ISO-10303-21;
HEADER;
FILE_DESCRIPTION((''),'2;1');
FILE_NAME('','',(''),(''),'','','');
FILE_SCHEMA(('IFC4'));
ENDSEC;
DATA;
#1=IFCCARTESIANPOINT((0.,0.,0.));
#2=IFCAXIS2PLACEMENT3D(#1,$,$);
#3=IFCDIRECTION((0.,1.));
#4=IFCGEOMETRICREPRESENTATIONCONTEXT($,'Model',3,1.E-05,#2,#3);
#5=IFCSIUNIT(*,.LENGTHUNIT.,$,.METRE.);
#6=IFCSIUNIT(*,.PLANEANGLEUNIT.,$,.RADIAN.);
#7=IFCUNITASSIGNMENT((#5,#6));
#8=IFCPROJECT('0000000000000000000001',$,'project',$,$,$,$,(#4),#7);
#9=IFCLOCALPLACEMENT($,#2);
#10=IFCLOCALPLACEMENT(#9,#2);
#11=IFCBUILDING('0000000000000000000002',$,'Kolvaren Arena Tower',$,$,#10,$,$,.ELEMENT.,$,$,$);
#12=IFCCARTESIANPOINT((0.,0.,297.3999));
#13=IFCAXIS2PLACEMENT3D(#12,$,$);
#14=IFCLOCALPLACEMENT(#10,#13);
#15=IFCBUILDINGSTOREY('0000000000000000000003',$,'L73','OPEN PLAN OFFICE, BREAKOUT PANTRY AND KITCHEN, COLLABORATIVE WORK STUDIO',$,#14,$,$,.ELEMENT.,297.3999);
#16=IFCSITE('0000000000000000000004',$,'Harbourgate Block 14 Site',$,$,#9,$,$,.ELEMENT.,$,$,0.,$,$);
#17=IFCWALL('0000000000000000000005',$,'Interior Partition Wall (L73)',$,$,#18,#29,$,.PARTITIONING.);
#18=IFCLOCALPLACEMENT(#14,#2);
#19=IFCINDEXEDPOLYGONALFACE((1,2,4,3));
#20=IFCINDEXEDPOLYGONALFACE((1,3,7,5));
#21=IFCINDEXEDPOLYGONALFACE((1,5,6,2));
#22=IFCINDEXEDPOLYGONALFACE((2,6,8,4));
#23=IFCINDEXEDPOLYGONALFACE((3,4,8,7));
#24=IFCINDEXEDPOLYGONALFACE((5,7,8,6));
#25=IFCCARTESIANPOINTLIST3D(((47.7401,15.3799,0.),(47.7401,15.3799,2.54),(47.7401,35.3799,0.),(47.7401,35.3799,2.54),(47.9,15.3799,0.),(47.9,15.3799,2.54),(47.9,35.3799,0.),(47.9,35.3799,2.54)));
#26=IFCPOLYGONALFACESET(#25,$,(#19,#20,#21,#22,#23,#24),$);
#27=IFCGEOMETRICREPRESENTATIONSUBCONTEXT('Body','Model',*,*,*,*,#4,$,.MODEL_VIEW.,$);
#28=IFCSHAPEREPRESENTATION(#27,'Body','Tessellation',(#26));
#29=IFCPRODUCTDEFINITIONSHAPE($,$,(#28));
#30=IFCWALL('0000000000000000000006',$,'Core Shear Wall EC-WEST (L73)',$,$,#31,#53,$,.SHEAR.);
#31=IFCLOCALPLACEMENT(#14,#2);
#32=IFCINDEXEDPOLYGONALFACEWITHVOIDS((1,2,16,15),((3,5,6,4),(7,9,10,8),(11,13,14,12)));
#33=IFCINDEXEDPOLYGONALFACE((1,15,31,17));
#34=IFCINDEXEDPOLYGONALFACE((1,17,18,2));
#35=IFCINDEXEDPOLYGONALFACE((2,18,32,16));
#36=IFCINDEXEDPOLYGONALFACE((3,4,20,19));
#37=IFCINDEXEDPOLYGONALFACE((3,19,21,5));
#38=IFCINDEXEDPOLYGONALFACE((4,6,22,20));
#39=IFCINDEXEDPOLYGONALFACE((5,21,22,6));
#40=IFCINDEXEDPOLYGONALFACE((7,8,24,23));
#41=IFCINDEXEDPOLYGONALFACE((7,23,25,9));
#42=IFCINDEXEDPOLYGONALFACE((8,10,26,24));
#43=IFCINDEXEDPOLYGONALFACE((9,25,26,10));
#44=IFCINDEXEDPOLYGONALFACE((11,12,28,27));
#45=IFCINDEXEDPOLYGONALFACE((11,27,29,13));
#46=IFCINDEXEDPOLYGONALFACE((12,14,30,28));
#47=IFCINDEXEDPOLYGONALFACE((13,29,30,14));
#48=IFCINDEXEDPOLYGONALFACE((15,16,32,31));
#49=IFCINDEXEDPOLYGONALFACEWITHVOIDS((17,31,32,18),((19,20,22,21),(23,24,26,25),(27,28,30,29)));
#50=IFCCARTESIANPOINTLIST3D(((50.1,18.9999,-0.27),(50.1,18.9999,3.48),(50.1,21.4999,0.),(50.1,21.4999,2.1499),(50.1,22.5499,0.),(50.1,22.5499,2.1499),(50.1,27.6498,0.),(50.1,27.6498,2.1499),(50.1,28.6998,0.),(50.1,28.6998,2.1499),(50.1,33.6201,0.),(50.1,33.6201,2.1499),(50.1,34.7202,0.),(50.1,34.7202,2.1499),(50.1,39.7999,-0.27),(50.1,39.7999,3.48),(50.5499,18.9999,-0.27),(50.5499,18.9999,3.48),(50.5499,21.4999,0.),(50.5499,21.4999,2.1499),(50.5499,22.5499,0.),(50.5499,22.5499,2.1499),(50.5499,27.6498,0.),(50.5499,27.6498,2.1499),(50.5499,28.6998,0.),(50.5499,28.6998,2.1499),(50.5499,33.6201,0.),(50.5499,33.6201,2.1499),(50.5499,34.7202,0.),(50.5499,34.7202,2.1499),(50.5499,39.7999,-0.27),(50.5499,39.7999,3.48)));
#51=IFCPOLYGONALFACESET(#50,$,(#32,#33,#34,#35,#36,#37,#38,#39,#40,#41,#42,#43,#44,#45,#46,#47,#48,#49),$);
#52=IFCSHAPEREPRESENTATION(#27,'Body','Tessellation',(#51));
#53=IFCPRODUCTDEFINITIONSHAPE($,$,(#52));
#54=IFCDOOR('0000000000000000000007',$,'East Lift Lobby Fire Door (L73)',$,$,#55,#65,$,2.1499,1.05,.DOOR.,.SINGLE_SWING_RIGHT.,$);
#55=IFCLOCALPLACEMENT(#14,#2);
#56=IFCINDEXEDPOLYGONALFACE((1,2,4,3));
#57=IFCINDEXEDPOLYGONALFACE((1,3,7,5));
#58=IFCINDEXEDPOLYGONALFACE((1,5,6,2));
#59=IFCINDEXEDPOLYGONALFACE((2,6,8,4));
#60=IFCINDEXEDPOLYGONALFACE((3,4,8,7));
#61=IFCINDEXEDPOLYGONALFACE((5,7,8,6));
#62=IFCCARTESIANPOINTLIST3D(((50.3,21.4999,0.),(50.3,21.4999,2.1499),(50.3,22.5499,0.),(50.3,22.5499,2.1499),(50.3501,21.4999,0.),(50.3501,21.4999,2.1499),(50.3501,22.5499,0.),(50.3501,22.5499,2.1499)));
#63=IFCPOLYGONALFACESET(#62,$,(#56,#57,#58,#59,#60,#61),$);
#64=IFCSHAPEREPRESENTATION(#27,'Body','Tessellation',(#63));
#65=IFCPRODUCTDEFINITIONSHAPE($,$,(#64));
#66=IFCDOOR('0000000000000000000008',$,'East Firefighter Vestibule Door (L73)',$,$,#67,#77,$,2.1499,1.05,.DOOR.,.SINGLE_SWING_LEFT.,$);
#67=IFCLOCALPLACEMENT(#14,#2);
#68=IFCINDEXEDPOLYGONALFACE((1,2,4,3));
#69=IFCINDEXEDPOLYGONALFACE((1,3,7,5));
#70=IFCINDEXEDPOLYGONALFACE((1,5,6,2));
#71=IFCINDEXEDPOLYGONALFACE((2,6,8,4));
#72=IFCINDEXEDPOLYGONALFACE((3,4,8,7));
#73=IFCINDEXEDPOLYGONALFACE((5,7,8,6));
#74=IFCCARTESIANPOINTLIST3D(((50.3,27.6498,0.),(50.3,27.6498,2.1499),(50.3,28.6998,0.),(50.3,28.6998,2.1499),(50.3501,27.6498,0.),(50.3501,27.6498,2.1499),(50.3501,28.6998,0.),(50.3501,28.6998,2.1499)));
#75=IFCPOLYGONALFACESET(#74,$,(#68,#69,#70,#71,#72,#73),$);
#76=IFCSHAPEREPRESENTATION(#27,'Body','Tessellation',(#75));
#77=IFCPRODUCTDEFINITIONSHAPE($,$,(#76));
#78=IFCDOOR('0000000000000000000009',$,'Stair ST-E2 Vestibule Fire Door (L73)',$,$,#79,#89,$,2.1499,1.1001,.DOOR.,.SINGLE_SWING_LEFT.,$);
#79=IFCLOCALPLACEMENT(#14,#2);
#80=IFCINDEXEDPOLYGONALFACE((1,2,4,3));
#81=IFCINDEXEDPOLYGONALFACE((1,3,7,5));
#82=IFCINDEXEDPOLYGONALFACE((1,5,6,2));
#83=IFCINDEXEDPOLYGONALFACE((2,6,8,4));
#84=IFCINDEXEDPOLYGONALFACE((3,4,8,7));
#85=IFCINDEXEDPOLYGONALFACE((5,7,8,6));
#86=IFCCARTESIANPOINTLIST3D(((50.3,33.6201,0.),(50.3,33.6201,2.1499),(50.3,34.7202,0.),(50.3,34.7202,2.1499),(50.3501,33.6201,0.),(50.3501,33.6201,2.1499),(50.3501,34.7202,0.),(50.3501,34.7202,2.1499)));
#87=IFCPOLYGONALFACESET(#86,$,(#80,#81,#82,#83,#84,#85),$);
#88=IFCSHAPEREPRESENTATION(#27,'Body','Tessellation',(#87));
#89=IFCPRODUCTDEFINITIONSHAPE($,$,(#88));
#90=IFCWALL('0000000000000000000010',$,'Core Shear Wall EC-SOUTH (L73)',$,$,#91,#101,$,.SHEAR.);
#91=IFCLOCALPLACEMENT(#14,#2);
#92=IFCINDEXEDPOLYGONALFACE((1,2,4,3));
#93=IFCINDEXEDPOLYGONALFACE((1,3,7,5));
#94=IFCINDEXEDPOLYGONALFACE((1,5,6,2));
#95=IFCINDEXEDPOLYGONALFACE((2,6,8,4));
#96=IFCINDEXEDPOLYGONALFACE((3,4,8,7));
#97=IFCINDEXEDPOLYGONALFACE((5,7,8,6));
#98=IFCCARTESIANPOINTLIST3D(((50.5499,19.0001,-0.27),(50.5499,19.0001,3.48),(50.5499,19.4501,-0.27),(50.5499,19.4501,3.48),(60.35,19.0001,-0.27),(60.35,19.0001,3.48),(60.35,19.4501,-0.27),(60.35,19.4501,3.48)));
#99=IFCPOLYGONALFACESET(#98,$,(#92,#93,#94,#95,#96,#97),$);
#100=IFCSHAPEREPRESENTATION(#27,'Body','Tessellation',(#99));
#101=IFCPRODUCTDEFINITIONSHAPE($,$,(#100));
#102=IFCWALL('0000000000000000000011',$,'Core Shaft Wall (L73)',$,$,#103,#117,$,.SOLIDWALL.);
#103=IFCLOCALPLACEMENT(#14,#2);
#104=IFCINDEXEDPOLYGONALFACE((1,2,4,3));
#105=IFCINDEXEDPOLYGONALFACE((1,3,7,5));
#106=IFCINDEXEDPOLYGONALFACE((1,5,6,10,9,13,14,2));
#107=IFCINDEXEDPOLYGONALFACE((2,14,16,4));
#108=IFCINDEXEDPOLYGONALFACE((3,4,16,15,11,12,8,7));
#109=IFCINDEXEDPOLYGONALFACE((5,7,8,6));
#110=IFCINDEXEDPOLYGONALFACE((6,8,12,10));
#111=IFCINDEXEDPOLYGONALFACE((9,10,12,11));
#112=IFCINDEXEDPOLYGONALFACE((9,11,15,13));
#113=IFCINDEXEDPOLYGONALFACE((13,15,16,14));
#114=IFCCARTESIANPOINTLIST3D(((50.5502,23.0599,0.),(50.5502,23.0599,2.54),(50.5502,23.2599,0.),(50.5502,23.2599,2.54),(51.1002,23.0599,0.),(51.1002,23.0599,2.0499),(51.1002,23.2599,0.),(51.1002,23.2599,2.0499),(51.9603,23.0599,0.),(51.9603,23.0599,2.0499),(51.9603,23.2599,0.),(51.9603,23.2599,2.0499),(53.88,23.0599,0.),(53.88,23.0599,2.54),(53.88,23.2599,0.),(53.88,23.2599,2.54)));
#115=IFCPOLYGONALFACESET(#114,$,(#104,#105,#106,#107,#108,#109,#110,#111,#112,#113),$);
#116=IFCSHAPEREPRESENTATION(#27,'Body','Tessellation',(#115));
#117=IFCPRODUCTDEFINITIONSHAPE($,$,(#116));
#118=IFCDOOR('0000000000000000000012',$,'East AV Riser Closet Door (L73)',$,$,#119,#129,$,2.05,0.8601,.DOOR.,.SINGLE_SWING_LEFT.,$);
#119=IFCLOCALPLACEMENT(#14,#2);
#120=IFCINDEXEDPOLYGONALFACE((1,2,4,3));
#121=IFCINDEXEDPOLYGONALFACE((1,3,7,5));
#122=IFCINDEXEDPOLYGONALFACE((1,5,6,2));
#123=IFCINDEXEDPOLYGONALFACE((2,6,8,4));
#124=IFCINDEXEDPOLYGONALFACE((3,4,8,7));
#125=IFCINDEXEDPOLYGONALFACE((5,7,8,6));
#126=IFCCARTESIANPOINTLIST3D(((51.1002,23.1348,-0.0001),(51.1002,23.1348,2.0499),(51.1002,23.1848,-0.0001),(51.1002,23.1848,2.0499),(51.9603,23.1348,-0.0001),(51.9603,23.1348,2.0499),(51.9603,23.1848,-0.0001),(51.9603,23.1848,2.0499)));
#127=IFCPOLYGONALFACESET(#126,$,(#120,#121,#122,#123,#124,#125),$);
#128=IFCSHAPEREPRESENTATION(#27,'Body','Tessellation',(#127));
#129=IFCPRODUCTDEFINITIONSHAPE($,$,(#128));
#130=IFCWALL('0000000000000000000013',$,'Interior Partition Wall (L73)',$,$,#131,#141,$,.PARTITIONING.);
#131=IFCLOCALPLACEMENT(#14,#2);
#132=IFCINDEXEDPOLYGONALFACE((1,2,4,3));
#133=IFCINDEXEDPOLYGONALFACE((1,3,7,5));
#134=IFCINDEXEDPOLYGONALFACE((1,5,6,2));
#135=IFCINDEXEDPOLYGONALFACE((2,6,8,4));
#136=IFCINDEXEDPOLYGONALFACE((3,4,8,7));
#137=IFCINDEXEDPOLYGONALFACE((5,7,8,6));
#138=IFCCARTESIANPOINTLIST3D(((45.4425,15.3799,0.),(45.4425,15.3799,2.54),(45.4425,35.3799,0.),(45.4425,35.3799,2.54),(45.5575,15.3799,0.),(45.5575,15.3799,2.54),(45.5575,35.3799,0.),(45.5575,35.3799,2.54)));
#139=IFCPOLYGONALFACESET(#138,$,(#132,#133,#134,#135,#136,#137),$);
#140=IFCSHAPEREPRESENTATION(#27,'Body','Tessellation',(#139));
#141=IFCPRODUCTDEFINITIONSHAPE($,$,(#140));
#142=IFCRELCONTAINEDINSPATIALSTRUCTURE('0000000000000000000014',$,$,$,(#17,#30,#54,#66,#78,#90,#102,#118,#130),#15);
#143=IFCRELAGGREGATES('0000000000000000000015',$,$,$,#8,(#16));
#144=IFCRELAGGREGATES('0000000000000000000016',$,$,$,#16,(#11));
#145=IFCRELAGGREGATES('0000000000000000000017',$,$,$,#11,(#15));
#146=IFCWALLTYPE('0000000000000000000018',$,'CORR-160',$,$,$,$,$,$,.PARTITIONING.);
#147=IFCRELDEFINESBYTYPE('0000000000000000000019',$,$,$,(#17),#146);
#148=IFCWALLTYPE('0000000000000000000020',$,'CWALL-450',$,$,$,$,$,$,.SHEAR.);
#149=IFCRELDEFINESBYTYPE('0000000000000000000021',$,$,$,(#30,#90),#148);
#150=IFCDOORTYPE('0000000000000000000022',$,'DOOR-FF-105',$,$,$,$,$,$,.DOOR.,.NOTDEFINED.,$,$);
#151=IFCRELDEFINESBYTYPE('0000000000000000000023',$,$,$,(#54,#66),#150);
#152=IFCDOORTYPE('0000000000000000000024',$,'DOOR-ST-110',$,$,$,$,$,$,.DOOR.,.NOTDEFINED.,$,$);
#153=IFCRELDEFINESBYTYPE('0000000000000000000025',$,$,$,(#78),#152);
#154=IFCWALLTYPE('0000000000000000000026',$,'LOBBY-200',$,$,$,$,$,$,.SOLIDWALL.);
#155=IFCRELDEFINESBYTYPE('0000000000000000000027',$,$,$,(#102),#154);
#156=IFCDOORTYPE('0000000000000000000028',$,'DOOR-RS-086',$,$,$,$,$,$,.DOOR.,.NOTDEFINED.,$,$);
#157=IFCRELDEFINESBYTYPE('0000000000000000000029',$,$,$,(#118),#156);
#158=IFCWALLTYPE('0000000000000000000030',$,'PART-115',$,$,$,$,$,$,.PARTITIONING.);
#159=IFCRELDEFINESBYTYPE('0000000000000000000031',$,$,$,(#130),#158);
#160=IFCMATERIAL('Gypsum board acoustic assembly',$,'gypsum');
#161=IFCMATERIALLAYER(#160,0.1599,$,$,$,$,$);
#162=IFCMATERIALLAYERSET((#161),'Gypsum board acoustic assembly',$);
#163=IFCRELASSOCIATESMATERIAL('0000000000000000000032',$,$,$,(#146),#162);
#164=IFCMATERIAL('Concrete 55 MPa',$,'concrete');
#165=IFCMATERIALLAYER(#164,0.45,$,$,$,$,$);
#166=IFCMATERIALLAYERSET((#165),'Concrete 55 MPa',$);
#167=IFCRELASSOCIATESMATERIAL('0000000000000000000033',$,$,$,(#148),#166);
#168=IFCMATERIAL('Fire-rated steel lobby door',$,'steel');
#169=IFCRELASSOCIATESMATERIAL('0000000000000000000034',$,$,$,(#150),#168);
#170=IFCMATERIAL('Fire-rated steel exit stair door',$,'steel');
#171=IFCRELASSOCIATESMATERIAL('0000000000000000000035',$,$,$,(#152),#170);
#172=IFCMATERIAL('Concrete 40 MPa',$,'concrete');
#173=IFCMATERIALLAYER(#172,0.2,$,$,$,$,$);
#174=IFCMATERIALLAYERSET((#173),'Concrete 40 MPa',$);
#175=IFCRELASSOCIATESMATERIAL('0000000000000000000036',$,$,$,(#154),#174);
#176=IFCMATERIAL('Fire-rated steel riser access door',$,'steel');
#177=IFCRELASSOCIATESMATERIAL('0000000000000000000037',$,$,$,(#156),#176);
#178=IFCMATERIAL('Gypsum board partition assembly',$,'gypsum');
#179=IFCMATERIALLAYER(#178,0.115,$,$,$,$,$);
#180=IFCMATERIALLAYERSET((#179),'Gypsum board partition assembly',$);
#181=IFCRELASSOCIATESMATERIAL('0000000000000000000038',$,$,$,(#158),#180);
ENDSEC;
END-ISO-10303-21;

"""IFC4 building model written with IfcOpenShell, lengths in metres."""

from ifc_helpers import new_model, si_unit, direction, frame, frame_2d, origin, place, context, subcontext, project, spatial, rectangle, extrude, material, layer, layer_set, type_object, element, fill, save


model = new_model("IFC4")

# Units and contexts
model_context = context("Model", 3, precision=1e-05, world=origin(), true_north=direction((0.0, 1.0)))
body_context = subcontext(model_context, "Body", "Model", "MODEL_VIEW")
ifc_project = project(units=[si_unit("LENGTHUNIT", "METRE"), si_unit("PLANEANGLEUNIT", "RADIAN")], contexts=[model_context])

# Site, building, storey
site_placement = place(None, origin())
site = spatial("IfcSite", under=ifc_project, at=site_placement, Name="Harbourgate Block 14 Site", CompositionType="ELEMENT", RefElevation=0.0)
building_placement = place(site_placement, origin())
building = spatial("IfcBuilding", under=site, at=building_placement, Name="Kolvaren Arena Tower", CompositionType="ELEMENT")
storey_placement = place(building_placement, frame((0.0, 0.0, 297.3999)))
storey = spatial("IfcBuildingStorey", under=building, at=storey_placement, Name="L73", Description="OPEN PLAN OFFICE, BREAKOUT PANTRY AND KITCHEN, COLLABORATIVE WORK STUDIO", CompositionType="ELEMENT", Elevation=297.3999)

# Wall
ifc_material_1 = material(Name="Gypsum board acoustic assembly", Category="gypsum")
ifc_layer_1 = layer(ifc_material_1, 0.1599)
ifc_layer_set_1 = layer_set([ifc_layer_1], Name="Gypsum board acoustic assembly")
wall_type_1 = type_object("IfcWallType", Name="CORR-160", PredefinedType="PARTITIONING", material=ifc_layer_set_1)
wall_1_placement = place(storey_placement, frame((47.8201, 15.3799, 0.0), z_axis=(0.0, 0.0, 1.0), x_axis=(0.0, 1.0, 0.0)))
element("IfcWall", 1, at=wall_1_placement, inside=storey, type_object=wall_type_1, Name="Interior Partition Wall (L73)", PredefinedType="PARTITIONING", context=body_context, shape_type="SweptSolid", body=[
    extrude(rectangle(XDim=20.0, YDim=0.1599, at=frame_2d((10.0, 0.0))), origin(), (0.0, 0.0, 1.0), 2.54),
])

# Wall, openings, doors
ifc_material_2 = material(Name="Concrete 55 MPa", Category="concrete")
ifc_layer_2 = layer(ifc_material_2, 0.45)
ifc_layer_set_2 = layer_set([ifc_layer_2], Name="Concrete 55 MPa")
wall_type_2 = type_object("IfcWallType", Name="CWALL-450", PredefinedType="SHEAR", material=ifc_layer_set_2)
wall_2_placement = place(storey_placement, frame((50.325, 19.0, -0.27), z_axis=(0.0, 0.0, 1.0), x_axis=(0.0, 1.0, 0.0)))
wall_2 = element("IfcWall", 2, at=wall_2_placement, inside=storey, type_object=wall_type_2, Name="Core Shear Wall EC-WEST (L73)", PredefinedType="SHEAR", context=body_context, shape_type="SweptSolid", body=[
    extrude(rectangle(XDim=20.8, YDim=0.45, at=frame_2d((10.3999, 0.0))), origin(), (0.0, 0.0, 1.0), 3.75),
])
opening_1_placement = place(wall_2_placement, frame((2.5, 0.0, 0.27)))
opening_1 = element("IfcOpeningElement", 3, at=opening_1_placement, cuts=wall_2, PredefinedType="OPENING", context=body_context, shape_type="SweptSolid", body=[
    extrude(rectangle(XDim=1.05, YDim=2.1499, at=frame_2d((0.5249, 1.075))), frame((0.0, 0.2349, 0.0), z_axis=(0.0, -1.0, 0.0), x_axis=(1.0, 0.0, 0.0)), (0.0, 0.0, 1.0), 0.47),
])
opening_2_placement = place(wall_2_placement, frame((8.6499, 0.0, 0.27)))
opening_2 = element("IfcOpeningElement", 4, at=opening_2_placement, cuts=wall_2, PredefinedType="OPENING", context=body_context, shape_type="SweptSolid", body=[
    extrude(rectangle(XDim=1.05, YDim=2.1499, at=frame_2d((0.5249, 1.075))), frame((0.0, 0.2349, 0.0), z_axis=(0.0, -1.0, 0.0), x_axis=(1.0, 0.0, 0.0)), (0.0, 0.0, 1.0), 0.47),
])
opening_3_placement = place(wall_2_placement, frame((14.6201, 0.0, 0.27)))
opening_3 = element("IfcOpeningElement", 5, at=opening_3_placement, cuts=wall_2, PredefinedType="OPENING", context=body_context, shape_type="SweptSolid", body=[
    extrude(rectangle(XDim=1.1001, YDim=2.1499, at=frame_2d((0.55, 1.075))), frame((0.0, 0.2349, 0.0), z_axis=(0.0, -1.0, 0.0), x_axis=(1.0, 0.0, 0.0)), (0.0, 0.0, 1.0), 0.47),
])
ifc_material_3 = material(Name="Fire-rated steel lobby door", Category="steel")
door_type_1 = type_object("IfcDoorType", Name="DOOR-FF-105", OperationType="NOTDEFINED", PredefinedType="DOOR", material=ifc_material_3)
door_1_placement = place(opening_1_placement, origin())
door_1 = element("IfcDoor", 6, at=door_1_placement, inside=storey, type_object=door_type_1, Name="East Lift Lobby Fire Door (L73)", OperationType="SINGLE_SWING_RIGHT", OverallHeight=2.1499, OverallWidth=1.05, PredefinedType="DOOR", context=body_context, shape_type="SweptSolid", body=[
    extrude(rectangle(XDim=1.05, YDim=2.1499, at=frame_2d((0.5249, 1.075))), frame((0.0, 0.0249, 0.0), z_axis=(0.0, -1.0, 0.0), x_axis=(1.0, 0.0, 0.0)), (0.0, 0.0, 1.0), 0.05),
])
fill(opening_1, door_1)
door_2_placement = place(opening_2_placement, origin())
door_2 = element("IfcDoor", 7, at=door_2_placement, inside=storey, type_object=door_type_1, Name="East Firefighter Vestibule Door (L73)", OperationType="SINGLE_SWING_LEFT", OverallHeight=2.1499, OverallWidth=1.05, PredefinedType="DOOR", context=body_context, shape_type="SweptSolid", body=[
    extrude(rectangle(XDim=1.05, YDim=2.1499, at=frame_2d((0.5249, 1.075))), frame((0.0, 0.0249, 0.0), z_axis=(0.0, -1.0, 0.0), x_axis=(1.0, 0.0, 0.0)), (0.0, 0.0, 1.0), 0.05),
])
fill(opening_2, door_2)
ifc_material_4 = material(Name="Fire-rated steel exit stair door", Category="steel")
door_type_2 = type_object("IfcDoorType", Name="DOOR-ST-110", OperationType="NOTDEFINED", PredefinedType="DOOR", material=ifc_material_4)
door_3_placement = place(opening_3_placement, origin())
door_3 = element("IfcDoor", 8, at=door_3_placement, inside=storey, type_object=door_type_2, Name="Stair ST-E2 Vestibule Fire Door (L73)", OperationType="SINGLE_SWING_LEFT", OverallHeight=2.1499, OverallWidth=1.1001, PredefinedType="DOOR", context=body_context, shape_type="SweptSolid", body=[
    extrude(rectangle(XDim=1.1001, YDim=2.1499, at=frame_2d((0.55, 1.075))), frame((0.0, 0.0249, 0.0), z_axis=(0.0, -1.0, 0.0), x_axis=(1.0, 0.0, 0.0)), (0.0, 0.0, 1.0), 0.05),
])
fill(opening_3, door_3)

# Wall
wall_3_placement = place(storey_placement, frame((50.55, 19.2251, -0.27), z_axis=(0.0, 0.0, 1.0), x_axis=(1.0, 0.0, 0.0)))
element("IfcWall", 9, at=wall_3_placement, inside=storey, type_object=wall_type_2, Name="Core Shear Wall EC-SOUTH (L73)", PredefinedType="SHEAR", context=body_context, shape_type="SweptSolid", body=[
    extrude(rectangle(XDim=9.8, YDim=0.45, at=frame_2d((4.8999, 0.0))), origin(), (0.0, 0.0, 1.0), 3.75),
])

# Shared definitions
ifc_material_5 = material(Name="Concrete 40 MPa", Category="concrete")
ifc_layer_3 = layer(ifc_material_5, 0.2)
ifc_layer_set_3 = layer_set([ifc_layer_3], Name="Concrete 40 MPa")
wall_type_3 = type_object("IfcWallType", Name="LOBBY-200", PredefinedType="SOLIDWALL", material=ifc_layer_set_3)

# Wall, opening, door
wall_4_placement = place(storey_placement, frame((50.55, 23.1599, 0.0), z_axis=(0.0, 0.0, 1.0), x_axis=(1.0, 0.0, 0.0)))
wall_4 = element("IfcWall", 10, at=wall_4_placement, inside=storey, type_object=wall_type_3, Name="Core Shaft Wall (L73)", PredefinedType="SOLIDWALL", context=body_context, shape_type="SweptSolid", body=[
    extrude(rectangle(XDim=3.3298, YDim=0.2, at=frame_2d((1.665, 0.0))), origin(), (0.0, 0.0, 1.0), 2.54),
])
opening_4_placement = place(wall_4_placement, frame((0.55, 0.0, 0.0)))
opening_4 = element("IfcOpeningElement", 11, at=opening_4_placement, cuts=wall_4, PredefinedType="OPENING", context=body_context, shape_type="SweptSolid", body=[
    extrude(rectangle(XDim=0.8601, YDim=2.05, at=frame_2d((0.4302, 1.0249))), frame((0.0, 0.1099, 0.0), z_axis=(0.0, -1.0, 0.0), x_axis=(1.0, 0.0, 0.0)), (0.0, 0.0, 1.0), 0.22),
])
ifc_material_6 = material(Name="Fire-rated steel riser access door", Category="steel")
door_type_3 = type_object("IfcDoorType", Name="DOOR-RS-086", OperationType="NOTDEFINED", PredefinedType="DOOR", material=ifc_material_6)
door_4_placement = place(opening_4_placement, origin())
door_4 = element("IfcDoor", 12, at=door_4_placement, inside=storey, type_object=door_type_3, Name="East AV Riser Closet Door (L73)", OperationType="SINGLE_SWING_LEFT", OverallHeight=2.05, OverallWidth=0.8601, PredefinedType="DOOR", context=body_context, shape_type="SweptSolid", body=[
    extrude(rectangle(XDim=0.8601, YDim=2.05, at=frame_2d((0.4302, 1.0249))), frame((0.0, 0.0249, 0.0), z_axis=(0.0, -1.0, 0.0), x_axis=(1.0, 0.0, 0.0)), (0.0, 0.0, 1.0), 0.05),
])
fill(opening_4, door_4)

# Wall
ifc_material_7 = material(Name="Gypsum board partition assembly", Category="gypsum")
ifc_layer_4 = layer(ifc_material_7, 0.115)
ifc_layer_set_4 = layer_set([ifc_layer_4], Name="Gypsum board partition assembly")
wall_type_4 = type_object("IfcWallType", Name="PART-115", PredefinedType="PARTITIONING", material=ifc_layer_set_4)
wall_5_placement = place(storey_placement, frame((45.5, 15.3799, 0.0), z_axis=(0.0, 0.0, 1.0), x_axis=(0.0, 1.0, 0.0)))
element("IfcWall", 13, at=wall_5_placement, inside=storey, type_object=wall_type_4, Name="Interior Partition Wall (L73)", PredefinedType="PARTITIONING", context=body_context, shape_type="SweptSolid", body=[
    extrude(rectangle(XDim=20.0, YDim=0.115, at=frame_2d((10.0, 0.0))), origin(), (0.0, 0.0, 1.0), 2.54),
])

save(model, "model.ifc")
